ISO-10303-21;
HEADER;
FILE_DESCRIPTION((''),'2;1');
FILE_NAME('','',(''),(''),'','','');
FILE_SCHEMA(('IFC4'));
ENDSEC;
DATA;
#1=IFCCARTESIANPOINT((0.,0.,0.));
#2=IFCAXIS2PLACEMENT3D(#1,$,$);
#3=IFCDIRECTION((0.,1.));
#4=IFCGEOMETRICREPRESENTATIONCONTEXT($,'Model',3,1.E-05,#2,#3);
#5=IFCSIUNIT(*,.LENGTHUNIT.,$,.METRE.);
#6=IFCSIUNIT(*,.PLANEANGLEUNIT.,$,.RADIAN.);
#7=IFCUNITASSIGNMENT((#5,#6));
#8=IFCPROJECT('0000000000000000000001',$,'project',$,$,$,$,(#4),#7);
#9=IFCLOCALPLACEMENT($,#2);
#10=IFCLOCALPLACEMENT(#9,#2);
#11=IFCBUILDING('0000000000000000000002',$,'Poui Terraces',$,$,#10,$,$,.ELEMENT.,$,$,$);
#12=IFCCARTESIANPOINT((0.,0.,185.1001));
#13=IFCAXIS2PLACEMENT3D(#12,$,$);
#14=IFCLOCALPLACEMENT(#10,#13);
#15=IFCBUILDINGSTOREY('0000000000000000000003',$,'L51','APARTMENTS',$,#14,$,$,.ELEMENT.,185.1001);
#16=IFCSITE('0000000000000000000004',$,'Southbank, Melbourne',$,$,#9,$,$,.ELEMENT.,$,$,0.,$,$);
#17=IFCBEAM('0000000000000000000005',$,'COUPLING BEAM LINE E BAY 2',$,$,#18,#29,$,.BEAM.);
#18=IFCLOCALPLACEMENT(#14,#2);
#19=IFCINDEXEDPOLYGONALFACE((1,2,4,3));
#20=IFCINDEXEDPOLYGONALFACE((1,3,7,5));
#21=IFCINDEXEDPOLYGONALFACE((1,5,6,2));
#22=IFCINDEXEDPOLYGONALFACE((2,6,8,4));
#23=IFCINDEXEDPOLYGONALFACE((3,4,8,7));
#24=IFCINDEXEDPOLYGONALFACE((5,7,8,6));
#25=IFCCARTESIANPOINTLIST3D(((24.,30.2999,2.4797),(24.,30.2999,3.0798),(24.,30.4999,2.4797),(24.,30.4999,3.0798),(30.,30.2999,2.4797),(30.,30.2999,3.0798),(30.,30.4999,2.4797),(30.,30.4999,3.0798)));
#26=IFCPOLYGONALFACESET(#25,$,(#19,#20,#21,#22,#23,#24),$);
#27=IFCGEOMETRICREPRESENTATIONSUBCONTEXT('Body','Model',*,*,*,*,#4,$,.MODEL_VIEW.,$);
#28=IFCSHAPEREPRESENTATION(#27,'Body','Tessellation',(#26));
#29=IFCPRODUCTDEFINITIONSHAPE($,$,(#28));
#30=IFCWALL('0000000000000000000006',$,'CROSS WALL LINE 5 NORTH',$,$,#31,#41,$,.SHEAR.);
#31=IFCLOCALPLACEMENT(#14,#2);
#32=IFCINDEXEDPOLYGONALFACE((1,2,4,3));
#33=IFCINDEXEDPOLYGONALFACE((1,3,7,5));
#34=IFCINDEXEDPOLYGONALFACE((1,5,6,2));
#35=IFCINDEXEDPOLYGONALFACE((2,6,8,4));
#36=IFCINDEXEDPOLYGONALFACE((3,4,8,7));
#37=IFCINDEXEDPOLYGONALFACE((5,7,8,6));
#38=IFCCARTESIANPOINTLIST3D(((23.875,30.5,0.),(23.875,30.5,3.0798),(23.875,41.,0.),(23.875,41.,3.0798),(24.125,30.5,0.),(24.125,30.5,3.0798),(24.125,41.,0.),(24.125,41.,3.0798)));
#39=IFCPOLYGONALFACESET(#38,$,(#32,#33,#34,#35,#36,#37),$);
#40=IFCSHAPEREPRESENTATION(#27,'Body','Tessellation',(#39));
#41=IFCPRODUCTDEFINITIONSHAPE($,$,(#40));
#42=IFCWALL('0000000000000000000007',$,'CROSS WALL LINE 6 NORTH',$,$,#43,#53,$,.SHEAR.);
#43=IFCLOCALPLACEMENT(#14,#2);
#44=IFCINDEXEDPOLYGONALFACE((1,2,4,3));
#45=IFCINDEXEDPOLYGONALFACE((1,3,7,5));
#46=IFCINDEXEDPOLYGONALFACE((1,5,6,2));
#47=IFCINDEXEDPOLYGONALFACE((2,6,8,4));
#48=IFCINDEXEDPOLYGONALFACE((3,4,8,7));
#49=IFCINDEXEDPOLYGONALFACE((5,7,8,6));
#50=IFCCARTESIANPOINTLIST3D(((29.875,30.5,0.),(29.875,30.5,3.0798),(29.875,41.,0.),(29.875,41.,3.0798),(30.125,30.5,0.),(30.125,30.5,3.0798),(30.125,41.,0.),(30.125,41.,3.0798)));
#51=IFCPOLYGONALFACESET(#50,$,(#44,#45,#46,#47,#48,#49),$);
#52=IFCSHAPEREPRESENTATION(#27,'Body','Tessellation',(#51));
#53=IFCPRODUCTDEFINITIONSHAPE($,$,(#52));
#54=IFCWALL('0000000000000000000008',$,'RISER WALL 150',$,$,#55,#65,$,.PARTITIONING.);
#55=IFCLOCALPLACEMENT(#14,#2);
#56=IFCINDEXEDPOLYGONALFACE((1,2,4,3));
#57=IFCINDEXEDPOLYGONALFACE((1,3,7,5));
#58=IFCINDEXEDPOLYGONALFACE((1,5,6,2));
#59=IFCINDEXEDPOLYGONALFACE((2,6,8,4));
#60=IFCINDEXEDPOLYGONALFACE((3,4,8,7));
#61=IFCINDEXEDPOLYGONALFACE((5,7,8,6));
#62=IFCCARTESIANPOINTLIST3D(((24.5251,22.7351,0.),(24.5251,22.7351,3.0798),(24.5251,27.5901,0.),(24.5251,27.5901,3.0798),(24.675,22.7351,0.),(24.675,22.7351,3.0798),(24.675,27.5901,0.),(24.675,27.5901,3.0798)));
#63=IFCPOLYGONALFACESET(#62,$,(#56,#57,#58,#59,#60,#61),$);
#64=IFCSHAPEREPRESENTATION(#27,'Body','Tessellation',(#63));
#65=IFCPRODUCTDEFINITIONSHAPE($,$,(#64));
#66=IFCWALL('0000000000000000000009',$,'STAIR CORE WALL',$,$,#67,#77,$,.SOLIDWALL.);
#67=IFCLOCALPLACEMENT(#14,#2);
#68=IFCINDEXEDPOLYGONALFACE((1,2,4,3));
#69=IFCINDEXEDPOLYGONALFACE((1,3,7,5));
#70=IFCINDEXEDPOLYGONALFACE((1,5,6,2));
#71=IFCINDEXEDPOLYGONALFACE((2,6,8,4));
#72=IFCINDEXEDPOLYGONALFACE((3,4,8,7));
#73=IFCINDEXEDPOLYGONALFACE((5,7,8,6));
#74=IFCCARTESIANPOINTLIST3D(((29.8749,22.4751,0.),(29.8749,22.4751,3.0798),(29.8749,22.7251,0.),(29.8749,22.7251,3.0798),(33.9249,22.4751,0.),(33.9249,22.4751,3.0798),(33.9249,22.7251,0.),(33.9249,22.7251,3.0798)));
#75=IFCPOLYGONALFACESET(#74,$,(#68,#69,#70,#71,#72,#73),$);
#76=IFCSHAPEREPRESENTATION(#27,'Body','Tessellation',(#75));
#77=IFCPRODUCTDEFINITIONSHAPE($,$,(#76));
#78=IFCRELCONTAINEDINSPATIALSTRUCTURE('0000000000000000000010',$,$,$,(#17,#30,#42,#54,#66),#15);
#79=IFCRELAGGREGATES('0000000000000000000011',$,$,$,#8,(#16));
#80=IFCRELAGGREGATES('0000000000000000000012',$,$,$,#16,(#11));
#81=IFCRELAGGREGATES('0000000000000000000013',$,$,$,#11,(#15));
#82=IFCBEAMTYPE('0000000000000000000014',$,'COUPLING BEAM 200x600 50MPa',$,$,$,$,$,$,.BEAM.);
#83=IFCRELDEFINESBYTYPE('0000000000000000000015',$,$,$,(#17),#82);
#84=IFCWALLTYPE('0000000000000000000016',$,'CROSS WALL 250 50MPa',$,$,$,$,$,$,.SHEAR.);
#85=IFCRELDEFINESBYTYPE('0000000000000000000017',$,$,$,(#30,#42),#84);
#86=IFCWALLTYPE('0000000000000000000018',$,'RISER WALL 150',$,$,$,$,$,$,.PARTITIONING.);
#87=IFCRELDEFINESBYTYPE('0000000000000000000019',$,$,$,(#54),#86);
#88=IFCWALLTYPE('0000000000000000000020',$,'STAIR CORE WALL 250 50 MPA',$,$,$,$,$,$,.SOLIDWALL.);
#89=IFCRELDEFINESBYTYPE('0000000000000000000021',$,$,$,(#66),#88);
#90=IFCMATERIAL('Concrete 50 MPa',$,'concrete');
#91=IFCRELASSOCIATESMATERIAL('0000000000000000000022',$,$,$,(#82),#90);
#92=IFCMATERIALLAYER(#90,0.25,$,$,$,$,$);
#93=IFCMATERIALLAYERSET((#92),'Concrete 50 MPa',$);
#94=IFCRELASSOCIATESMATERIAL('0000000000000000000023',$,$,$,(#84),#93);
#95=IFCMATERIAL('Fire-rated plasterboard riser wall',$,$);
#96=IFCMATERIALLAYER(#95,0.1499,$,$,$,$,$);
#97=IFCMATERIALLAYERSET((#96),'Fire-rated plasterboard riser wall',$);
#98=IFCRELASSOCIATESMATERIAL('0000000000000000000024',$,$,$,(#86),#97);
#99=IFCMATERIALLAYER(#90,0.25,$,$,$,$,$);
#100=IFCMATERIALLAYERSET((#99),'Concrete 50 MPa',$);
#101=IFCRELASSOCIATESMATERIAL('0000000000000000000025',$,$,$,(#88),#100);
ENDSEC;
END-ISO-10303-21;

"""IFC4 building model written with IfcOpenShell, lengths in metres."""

from ifc_helpers import new_model, si_unit, direction, frame, frame_2d, origin, origin_2d, place, context, subcontext, project, spatial, rectangle, extrude, source, transform, mapped, material, layer, layer_set, material_profile, profile_set, type_object, element, save


model = new_model("IFC4")

# Units and contexts
model_context = context("Model", 3, precision=1e-05, world=origin(), true_north=direction((0.0, 1.0)))
body_context = subcontext(model_context, "Body", "Model", "MODEL_VIEW")
ifc_project = project(units=[si_unit("LENGTHUNIT", "METRE"), si_unit("PLANEANGLEUNIT", "RADIAN")], contexts=[model_context])

# Site, building, storey
site_placement = place(None, origin())
site = spatial("IfcSite", under=ifc_project, at=site_placement, Name="Southbank, Melbourne", CompositionType="ELEMENT", RefElevation=0.0)
building_placement = place(site_placement, origin())
building = spatial("IfcBuilding", under=site, at=building_placement, Name="Poui Terraces", CompositionType="ELEMENT")
storey_placement = place(building_placement, frame((0.0, 0.0, 185.1001)))
storey = spatial("IfcBuildingStorey", under=building, at=storey_placement, Name="L51", Description="APARTMENTS", CompositionType="ELEMENT", Elevation=185.1001)

# Beam
ifc_material_1 = material(Name="Concrete 50 MPa", Category="concrete")
ifc_material_profile = material_profile(ifc_material_1, rectangle(XDim=0.2, YDim=0.6001, at=origin_2d()), Name="RC 200x600")
ifc_profile_set = profile_set([ifc_material_profile], Name="Concrete 50 MPa")
beam_type = type_object("IfcBeamType", Name="COUPLING BEAM 200x600 50MPa", PredefinedType="BEAM", material=ifc_profile_set)
shared_shape = source(origin(), body_context, "Body", "SweptSolid", [
    extrude(rectangle(XDim=0.2, YDim=0.6001, at=origin_2d()), origin(), (0.0, 0.0, 1.0), 6.0),
])
beam_placement = place(storey_placement, frame((24.0, 30.3999, 2.7798), z_axis=(1.0, 0.0, 0.0), x_axis=(0.0, 1.0, 0.0)))
element("IfcBeam", 1, at=beam_placement, inside=storey, type_object=beam_type, Name="COUPLING BEAM LINE E BAY 2", PredefinedType="BEAM", context=body_context, shape_type="MappedRepresentation", body=[
    mapped(shared_shape, transform((0.0, 0.0, 0.0))),
])

# Walls
ifc_layer_1 = layer(ifc_material_1, 0.25)
ifc_layer_set_1 = layer_set([ifc_layer_1], Name="Concrete 50 MPa")
wall_type_1 = type_object("IfcWallType", Name="CROSS WALL 250 50MPa", PredefinedType="SHEAR", material=ifc_layer_set_1)
for number, where, z_axis, x_axis, name in (
    (2, (24.0, 30.5, 0.0), (0.0, 0.0, 1.0), (0.0, 1.0, 0.0), "CROSS WALL LINE 5 NORTH"),
    (3, (30.0, 30.5, 0.0), (0.0, 0.0, 1.0), (0.0, 1.0, 0.0), "CROSS WALL LINE 6 NORTH"),
):
    element("IfcWall", number, at=place(storey_placement, frame(where, z_axis=z_axis, x_axis=x_axis)), inside=storey, type_object=wall_type_1, Name=name, PredefinedType="SHEAR", context=body_context, shape_type="SweptSolid", body=[
        extrude(rectangle(XDim=10.5, YDim=0.25, at=frame_2d((5.25, 0.0))), origin(), (0.0, 0.0, 1.0), 3.0798),
    ])
ifc_material_2 = material(Name="Fire-rated plasterboard riser wall")
ifc_layer_2 = layer(ifc_material_2, 0.1499)
ifc_layer_set_2 = layer_set([ifc_layer_2], Name="Fire-rated plasterboard riser wall")
wall_type_2 = type_object("IfcWallType", Name="RISER WALL 150", PredefinedType="PARTITIONING", material=ifc_layer_set_2)
wall_1_placement = place(storey_placement, frame((24.6001, 22.7351, 0.0), z_axis=(0.0, 0.0, 1.0), x_axis=(0.0, 1.0, 0.0)))
element("IfcWall", 4, at=wall_1_placement, inside=storey, type_object=wall_type_2, Name="RISER WALL 150", PredefinedType="PARTITIONING", context=body_context, shape_type="SweptSolid", body=[
    extrude(rectangle(XDim=4.855, YDim=0.1499, at=frame_2d((2.4275, 0.0))), origin(), (0.0, 0.0, 1.0), 3.0798),
])
ifc_layer_3 = layer(ifc_material_1, 0.25)
ifc_layer_set_3 = layer_set([ifc_layer_3], Name="Concrete 50 MPa")
wall_type_3 = type_object("IfcWallType", Name="STAIR CORE WALL 250 50 MPA", PredefinedType="SOLIDWALL", material=ifc_layer_set_3)
wall_2_placement = place(storey_placement, frame((29.875, 22.6001, 0.0), z_axis=(0.0, 0.0, 1.0), x_axis=(1.0, 0.0, 0.0)))
element("IfcWall", 5, at=wall_2_placement, inside=storey, type_object=wall_type_3, Name="STAIR CORE WALL", PredefinedType="SOLIDWALL", context=body_context, shape_type="SweptSolid", body=[
    extrude(rectangle(XDim=4.05, YDim=0.25, at=frame_2d((2.0249, 0.0))), origin(), (0.0, 0.0, 1.0), 3.0798),
])

save(model, "model.ifc")
